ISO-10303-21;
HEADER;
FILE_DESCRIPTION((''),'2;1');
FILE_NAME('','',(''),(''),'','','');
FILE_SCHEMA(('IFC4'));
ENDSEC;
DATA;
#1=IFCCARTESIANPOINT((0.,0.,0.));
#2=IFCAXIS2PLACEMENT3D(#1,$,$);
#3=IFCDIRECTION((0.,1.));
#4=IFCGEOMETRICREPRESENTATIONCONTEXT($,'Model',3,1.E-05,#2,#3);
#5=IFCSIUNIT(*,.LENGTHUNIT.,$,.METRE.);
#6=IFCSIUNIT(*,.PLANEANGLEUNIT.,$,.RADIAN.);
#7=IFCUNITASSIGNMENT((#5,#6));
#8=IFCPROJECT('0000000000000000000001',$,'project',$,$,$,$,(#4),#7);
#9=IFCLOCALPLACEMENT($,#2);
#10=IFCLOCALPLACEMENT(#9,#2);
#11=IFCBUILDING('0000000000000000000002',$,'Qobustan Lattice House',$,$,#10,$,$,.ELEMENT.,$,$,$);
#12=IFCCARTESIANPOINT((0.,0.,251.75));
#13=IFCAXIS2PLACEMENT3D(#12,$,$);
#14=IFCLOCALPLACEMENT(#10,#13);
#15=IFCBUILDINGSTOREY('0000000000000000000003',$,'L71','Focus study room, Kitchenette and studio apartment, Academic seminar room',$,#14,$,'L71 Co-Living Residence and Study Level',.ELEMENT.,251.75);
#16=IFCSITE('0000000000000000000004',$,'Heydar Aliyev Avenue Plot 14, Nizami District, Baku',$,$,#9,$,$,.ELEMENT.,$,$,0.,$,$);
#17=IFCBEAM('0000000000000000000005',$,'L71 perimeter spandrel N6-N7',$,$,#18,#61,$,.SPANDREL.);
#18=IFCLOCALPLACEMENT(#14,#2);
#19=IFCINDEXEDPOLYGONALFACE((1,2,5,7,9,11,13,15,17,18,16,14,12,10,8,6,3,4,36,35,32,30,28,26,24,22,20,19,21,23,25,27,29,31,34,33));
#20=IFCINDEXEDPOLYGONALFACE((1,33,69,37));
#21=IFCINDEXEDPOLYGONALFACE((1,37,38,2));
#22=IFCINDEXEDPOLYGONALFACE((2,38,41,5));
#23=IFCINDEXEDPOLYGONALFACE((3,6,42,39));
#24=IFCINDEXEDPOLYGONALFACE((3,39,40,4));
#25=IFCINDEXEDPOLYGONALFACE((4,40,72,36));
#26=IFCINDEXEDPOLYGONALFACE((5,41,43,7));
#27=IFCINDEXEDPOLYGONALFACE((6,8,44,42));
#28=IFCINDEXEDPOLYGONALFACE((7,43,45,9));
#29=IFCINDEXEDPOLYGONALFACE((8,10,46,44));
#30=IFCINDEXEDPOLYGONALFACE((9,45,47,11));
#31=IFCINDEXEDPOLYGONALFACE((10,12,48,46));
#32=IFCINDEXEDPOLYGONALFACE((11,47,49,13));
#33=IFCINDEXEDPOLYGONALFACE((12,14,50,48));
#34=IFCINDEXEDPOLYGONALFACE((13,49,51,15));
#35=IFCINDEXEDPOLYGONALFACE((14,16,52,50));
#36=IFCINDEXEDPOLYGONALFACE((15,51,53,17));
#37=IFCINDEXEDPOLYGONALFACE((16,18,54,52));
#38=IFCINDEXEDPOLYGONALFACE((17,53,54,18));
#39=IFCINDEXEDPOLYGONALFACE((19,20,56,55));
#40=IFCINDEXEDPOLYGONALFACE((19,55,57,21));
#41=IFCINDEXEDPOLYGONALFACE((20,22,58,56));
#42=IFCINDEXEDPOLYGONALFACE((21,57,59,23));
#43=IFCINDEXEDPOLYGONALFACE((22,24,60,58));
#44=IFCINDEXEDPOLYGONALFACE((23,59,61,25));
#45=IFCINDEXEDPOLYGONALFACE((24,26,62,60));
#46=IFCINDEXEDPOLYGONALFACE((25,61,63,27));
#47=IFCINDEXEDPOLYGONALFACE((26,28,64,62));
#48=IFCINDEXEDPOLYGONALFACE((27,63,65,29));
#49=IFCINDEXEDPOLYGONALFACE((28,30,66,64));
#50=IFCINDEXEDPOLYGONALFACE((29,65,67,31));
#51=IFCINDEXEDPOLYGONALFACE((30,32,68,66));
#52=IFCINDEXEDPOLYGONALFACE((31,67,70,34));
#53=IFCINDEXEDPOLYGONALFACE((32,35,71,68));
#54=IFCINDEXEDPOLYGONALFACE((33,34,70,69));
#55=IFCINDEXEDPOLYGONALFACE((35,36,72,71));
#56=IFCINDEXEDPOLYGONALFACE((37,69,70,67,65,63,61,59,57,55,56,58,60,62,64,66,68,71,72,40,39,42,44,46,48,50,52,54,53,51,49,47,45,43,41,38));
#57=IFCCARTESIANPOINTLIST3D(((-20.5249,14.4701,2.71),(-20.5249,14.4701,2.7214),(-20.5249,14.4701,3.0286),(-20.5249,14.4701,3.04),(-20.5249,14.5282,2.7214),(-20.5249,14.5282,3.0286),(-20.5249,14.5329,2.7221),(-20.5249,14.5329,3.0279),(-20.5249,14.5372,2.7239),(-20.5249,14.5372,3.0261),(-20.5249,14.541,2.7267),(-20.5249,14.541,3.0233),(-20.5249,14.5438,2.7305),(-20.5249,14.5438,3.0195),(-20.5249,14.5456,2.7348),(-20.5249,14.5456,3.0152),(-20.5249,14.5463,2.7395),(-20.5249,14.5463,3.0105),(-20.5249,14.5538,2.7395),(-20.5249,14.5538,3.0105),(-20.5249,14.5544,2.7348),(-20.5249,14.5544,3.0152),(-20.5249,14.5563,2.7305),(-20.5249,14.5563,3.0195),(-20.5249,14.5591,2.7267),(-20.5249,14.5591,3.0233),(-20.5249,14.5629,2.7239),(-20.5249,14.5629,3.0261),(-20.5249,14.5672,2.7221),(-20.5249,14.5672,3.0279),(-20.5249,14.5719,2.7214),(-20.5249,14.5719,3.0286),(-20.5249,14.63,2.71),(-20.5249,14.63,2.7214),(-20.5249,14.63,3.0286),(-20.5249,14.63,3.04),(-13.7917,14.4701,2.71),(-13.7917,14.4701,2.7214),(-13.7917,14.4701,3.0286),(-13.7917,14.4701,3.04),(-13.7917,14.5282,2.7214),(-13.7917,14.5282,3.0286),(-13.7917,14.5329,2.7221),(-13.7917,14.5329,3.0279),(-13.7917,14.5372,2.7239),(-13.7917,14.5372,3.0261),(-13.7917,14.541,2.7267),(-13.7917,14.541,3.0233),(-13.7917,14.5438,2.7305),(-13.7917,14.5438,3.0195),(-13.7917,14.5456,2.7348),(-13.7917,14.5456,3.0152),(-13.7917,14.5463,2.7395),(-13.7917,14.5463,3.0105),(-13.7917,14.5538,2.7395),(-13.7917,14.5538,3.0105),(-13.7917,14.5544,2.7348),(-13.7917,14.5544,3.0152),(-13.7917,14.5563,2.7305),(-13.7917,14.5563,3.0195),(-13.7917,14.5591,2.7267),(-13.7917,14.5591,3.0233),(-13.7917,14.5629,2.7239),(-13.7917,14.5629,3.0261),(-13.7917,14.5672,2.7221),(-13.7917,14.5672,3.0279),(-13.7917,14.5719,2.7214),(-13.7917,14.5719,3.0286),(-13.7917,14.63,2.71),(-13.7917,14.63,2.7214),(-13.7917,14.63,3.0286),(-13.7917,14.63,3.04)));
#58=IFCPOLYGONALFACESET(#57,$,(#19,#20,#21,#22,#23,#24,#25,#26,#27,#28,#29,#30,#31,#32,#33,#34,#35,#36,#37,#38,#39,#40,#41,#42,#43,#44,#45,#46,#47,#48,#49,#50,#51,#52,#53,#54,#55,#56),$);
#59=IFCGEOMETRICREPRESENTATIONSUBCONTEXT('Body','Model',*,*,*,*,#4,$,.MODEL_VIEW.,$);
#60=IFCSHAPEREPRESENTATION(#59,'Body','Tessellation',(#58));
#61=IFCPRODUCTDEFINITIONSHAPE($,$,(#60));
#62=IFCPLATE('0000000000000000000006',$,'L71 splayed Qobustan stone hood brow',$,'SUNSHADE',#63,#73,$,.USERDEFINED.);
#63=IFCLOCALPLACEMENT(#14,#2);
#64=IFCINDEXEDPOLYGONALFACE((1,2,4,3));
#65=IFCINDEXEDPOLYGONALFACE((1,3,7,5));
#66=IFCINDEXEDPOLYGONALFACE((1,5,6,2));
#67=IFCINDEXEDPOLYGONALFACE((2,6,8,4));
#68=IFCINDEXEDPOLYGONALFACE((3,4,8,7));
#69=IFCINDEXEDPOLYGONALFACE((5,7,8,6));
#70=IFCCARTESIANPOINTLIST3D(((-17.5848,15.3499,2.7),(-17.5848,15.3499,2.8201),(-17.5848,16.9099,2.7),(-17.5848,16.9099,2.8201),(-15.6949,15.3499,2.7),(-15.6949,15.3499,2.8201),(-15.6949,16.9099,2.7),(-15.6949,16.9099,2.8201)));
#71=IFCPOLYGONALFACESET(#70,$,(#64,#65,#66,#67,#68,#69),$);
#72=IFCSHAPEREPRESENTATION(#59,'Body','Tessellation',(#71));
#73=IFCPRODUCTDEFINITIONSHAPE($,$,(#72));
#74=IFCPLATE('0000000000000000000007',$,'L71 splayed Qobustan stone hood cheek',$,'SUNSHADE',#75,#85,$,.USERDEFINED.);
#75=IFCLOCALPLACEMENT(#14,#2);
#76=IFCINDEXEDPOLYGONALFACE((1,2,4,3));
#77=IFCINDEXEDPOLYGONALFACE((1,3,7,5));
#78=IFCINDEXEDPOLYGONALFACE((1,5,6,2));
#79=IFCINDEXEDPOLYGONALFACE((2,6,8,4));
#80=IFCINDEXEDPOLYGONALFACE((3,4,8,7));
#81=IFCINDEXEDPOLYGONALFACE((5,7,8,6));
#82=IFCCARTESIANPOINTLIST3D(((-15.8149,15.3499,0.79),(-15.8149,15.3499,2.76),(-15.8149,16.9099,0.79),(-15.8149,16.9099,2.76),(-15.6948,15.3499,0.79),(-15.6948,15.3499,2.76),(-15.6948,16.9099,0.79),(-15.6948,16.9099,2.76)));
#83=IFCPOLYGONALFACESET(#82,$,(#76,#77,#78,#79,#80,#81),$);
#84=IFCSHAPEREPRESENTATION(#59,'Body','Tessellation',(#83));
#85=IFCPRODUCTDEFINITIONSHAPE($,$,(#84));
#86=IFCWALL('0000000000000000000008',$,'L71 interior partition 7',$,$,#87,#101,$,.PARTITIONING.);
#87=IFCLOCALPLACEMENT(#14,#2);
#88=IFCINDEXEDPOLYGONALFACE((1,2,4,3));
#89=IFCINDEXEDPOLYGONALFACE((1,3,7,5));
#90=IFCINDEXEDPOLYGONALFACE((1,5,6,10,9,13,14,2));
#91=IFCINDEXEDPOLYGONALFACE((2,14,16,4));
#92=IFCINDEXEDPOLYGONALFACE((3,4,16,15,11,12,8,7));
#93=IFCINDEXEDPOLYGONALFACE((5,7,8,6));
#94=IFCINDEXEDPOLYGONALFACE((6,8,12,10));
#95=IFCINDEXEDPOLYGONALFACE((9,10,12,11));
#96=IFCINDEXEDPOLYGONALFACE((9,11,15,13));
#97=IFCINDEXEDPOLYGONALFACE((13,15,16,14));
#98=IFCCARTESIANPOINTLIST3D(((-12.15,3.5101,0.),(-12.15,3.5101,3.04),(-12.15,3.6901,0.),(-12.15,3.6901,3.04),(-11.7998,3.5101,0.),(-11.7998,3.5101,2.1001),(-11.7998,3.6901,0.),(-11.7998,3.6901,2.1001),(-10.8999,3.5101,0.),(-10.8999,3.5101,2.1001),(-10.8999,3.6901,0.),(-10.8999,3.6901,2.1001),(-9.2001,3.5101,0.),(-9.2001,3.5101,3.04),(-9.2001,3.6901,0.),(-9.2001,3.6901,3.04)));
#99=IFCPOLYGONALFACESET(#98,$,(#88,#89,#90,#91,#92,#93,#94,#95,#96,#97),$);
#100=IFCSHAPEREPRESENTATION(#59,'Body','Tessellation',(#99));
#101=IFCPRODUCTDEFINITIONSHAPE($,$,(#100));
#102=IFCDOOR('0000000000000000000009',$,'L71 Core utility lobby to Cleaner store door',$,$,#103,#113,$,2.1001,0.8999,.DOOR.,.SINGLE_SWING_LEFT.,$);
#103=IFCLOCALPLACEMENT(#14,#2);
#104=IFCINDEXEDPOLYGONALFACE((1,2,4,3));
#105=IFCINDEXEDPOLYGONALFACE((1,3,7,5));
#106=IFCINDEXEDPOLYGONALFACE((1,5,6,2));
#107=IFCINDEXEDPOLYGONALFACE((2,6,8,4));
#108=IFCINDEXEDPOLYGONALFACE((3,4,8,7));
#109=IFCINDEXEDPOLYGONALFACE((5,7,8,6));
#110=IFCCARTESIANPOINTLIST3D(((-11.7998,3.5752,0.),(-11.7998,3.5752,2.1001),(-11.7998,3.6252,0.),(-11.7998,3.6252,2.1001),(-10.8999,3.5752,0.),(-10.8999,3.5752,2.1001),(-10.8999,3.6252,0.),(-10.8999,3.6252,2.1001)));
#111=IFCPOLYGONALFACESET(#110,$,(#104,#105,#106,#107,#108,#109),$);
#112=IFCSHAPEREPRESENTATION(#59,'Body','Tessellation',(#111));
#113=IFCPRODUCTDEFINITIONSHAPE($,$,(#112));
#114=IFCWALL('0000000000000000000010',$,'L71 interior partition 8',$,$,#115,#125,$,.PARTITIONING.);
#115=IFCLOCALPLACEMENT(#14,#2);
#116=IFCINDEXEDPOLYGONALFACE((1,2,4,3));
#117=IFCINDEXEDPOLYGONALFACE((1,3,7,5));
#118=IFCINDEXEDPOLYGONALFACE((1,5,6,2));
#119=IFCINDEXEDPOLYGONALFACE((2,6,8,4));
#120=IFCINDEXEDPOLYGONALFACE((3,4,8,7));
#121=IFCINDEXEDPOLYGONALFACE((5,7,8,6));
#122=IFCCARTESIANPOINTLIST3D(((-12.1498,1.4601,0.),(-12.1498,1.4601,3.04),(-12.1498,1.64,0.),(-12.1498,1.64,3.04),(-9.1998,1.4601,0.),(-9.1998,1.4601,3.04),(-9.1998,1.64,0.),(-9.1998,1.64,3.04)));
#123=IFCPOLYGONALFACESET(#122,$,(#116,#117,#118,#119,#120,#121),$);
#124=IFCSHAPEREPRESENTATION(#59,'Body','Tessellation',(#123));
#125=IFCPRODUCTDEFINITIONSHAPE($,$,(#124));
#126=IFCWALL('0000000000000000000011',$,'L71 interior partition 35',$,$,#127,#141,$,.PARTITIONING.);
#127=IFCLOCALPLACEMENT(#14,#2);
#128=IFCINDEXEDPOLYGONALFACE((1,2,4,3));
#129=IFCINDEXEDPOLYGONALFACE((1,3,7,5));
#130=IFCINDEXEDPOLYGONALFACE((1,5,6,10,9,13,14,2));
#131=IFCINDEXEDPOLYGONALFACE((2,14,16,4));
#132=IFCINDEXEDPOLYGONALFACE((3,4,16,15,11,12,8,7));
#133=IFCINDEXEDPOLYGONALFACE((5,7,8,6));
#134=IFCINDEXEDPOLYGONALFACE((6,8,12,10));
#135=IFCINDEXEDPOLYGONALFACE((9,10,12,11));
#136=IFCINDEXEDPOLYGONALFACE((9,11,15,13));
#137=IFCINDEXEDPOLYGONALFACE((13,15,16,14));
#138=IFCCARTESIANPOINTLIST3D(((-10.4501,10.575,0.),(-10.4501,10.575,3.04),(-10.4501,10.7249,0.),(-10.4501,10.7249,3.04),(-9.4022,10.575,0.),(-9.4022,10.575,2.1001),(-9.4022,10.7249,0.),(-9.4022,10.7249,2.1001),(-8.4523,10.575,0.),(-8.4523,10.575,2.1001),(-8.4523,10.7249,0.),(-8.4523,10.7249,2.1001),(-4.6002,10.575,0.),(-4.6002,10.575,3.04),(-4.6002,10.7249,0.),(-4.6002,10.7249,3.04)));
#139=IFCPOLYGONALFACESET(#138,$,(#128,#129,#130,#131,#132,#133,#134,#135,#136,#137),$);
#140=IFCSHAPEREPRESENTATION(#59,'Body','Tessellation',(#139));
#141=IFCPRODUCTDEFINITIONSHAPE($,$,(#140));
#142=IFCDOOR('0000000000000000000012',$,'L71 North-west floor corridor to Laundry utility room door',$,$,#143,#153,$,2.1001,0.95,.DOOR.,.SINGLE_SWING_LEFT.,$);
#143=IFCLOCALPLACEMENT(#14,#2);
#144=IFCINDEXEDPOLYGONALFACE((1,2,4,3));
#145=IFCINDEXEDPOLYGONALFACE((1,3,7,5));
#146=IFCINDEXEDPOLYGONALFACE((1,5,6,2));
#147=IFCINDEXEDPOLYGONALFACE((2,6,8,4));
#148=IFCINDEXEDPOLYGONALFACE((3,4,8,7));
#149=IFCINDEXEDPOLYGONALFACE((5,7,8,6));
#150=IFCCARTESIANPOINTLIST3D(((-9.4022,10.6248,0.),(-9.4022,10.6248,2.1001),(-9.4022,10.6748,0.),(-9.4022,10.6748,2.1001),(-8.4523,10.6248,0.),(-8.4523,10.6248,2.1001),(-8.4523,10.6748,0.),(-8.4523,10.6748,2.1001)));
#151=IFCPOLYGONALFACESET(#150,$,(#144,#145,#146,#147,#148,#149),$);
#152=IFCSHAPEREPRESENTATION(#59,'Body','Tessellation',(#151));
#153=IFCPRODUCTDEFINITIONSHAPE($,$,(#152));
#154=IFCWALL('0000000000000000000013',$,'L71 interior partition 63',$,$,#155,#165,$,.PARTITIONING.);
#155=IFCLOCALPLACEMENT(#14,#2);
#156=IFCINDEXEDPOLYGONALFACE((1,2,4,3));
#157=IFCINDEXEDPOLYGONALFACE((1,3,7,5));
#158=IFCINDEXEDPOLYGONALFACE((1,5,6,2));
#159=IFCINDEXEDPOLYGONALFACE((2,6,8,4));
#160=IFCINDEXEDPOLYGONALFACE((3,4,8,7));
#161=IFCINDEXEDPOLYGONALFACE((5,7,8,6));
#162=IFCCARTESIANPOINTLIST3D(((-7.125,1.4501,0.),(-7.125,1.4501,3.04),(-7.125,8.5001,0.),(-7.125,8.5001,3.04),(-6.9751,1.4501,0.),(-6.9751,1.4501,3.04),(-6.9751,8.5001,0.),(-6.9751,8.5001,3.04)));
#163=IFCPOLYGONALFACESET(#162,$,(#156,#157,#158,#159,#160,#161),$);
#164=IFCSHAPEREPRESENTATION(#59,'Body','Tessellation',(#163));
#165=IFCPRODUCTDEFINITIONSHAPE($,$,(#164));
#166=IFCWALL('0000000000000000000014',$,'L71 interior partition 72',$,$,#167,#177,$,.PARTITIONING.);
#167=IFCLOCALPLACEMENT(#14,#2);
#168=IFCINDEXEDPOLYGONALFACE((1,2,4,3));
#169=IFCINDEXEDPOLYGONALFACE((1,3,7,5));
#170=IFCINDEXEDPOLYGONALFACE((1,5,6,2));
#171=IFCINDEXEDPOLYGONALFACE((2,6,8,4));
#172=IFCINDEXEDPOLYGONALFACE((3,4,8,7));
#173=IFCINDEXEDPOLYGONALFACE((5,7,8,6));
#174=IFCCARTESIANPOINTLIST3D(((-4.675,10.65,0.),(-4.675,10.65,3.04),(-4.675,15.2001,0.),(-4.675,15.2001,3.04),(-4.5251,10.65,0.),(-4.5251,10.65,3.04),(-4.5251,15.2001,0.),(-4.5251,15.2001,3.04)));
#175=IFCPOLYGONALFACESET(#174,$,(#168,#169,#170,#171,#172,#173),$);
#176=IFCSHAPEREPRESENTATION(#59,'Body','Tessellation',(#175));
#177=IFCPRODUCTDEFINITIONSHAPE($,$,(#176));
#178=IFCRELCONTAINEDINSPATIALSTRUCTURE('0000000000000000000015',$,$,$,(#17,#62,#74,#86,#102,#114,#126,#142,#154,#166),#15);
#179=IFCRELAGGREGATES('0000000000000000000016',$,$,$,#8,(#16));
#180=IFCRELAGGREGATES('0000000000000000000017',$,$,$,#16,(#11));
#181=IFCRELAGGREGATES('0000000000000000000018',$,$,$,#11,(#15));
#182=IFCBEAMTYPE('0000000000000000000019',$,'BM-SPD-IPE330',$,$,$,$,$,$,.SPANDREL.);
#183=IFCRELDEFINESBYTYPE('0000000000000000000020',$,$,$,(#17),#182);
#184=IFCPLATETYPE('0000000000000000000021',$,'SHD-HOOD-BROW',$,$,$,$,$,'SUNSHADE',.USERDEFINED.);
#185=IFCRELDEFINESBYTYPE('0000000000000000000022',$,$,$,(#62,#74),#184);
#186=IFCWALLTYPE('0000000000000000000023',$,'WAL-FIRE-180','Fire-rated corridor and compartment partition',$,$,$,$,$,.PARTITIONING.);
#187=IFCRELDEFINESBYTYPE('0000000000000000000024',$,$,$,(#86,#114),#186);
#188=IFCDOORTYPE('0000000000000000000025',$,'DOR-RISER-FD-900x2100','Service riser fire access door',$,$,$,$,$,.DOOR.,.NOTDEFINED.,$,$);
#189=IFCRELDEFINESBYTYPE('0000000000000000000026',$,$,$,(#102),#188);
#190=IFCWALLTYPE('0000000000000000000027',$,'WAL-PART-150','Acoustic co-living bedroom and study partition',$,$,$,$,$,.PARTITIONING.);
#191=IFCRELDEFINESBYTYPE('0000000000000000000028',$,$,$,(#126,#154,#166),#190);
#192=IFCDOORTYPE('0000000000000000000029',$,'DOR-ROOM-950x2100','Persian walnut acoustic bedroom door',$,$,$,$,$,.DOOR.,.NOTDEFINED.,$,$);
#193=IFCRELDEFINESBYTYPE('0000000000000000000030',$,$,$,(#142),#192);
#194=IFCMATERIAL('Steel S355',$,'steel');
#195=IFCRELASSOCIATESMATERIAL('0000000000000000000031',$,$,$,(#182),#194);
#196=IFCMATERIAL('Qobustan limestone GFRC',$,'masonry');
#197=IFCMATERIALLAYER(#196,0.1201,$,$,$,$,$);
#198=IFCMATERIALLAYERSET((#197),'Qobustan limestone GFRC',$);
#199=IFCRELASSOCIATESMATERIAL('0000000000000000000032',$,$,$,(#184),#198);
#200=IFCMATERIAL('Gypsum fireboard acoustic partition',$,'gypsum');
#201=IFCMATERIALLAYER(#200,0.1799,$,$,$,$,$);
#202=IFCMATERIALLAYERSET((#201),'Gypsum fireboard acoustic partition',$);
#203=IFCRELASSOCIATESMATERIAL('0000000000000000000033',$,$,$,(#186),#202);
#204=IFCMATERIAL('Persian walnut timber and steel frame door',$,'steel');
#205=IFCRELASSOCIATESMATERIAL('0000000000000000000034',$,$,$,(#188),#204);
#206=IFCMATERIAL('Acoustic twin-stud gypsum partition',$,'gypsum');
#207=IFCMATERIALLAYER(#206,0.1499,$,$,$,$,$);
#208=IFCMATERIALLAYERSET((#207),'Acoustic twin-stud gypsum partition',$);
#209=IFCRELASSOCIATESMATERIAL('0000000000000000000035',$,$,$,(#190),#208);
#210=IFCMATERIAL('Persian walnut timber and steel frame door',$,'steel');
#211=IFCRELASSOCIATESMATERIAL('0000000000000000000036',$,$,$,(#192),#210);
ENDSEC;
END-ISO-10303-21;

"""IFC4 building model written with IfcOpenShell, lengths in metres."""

from ifc_helpers import new_model, si_unit, direction, frame, frame_2d, origin, origin_2d, place, context, subcontext, project, spatial, rectangle, i_section, extrude, material, layer, layer_set, material_profile, profile_set, type_object, element, fill, save


model = new_model("IFC4")

# Units and contexts
model_context = context("Model", 3, precision=1e-05, world=origin(), true_north=direction((0.0, 1.0)))
body_context = subcontext(model_context, "Body", "Model", "MODEL_VIEW")
ifc_project = project(units=[si_unit("LENGTHUNIT", "METRE"), si_unit("PLANEANGLEUNIT", "RADIAN")], contexts=[model_context])

# Site, building, storey
site_placement = place(None, origin())
site = spatial("IfcSite", under=ifc_project, at=site_placement, Name="Heydar Aliyev Avenue Plot 14, Nizami District, Baku", CompositionType="ELEMENT", RefElevation=0.0)
building_placement = place(site_placement, origin())
building = spatial("IfcBuilding", under=site, at=building_placement, Name="Qobustan Lattice House", CompositionType="ELEMENT")
storey_placement = place(building_placement, frame((0.0, 0.0, 251.75)))
storey = spatial("IfcBuildingStorey", under=building, at=storey_placement, Name="L71", Description="Focus study room, Kitchenette and studio apartment, Academic seminar room", LongName="L71 Co-Living Residence and Study Level", CompositionType="ELEMENT", Elevation=251.75)

# Beam
ifc_material_1 = material(Name="Steel S355", Category="steel")
ifc_material_profile_1 = material_profile(ifc_material_1, i_section(OverallWidth=0.1599, OverallDepth=0.3301, WebThickness=0.0076, FlangeThickness=0.0115, FilletRadius=0.0181, at=origin_2d()), Name="IPE330")
ifc_profile_set_1 = profile_set([ifc_material_profile_1], Name="Steel S355")
beam_type_1 = type_object("IfcBeamType", Name="BM-SPD-IPE330", PredefinedType="SPANDREL", material=ifc_profile_set_1)
beam_1_placement = place(storey_placement, frame((-13.7917, 14.55, 2.875), z_axis=(-1.0, 0.0, 0.0), x_axis=(0.0, -1.0, 0.0)))
element("IfcBeam", 1, at=beam_1_placement, inside=storey, type_object=beam_type_1, Name="L71 perimeter spandrel N6-N7", PredefinedType="SPANDREL", context=body_context, shape_type="SweptSolid", body=[
    extrude(i_section(OverallWidth=0.1599, OverallDepth=0.3301, WebThickness=0.0076, FlangeThickness=0.0115, FilletRadius=0.0181, at=origin_2d()), origin(), (0.0, 0.0, 1.0), 6.7332),
])

# Plates
ifc_material_2 = material(Name="Qobustan limestone GFRC", Category="masonry")
ifc_layer_1 = layer(ifc_material_2, 0.1201)
ifc_layer_set_1 = layer_set([ifc_layer_1], Name="Qobustan limestone GFRC")
plate_type = type_object("IfcPlateType", Name="SHD-HOOD-BROW", ElementType="SUNSHADE", PredefinedType="USERDEFINED", material=ifc_layer_set_1)
plate_1_placement = place(storey_placement, frame((-16.6399, 16.1299, 2.7), z_axis=(0.0, 0.0, 1.0), x_axis=(1.0, 0.0, 0.0)))
element("IfcPlate", 2, at=plate_1_placement, inside=storey, type_object=plate_type, Name="L71 splayed Qobustan stone hood brow", ObjectType="SUNSHADE", PredefinedType="USERDEFINED", context=body_context, shape_type="SweptSolid", body=[
    extrude(rectangle(XDim=1.8899, YDim=1.5601, at=origin_2d()), origin(), (0.0, 0.0, 1.0), 0.1201),
])
plate_2_placement = place(storey_placement, frame((-15.7549, 16.1299, 0.79), z_axis=(0.0, 0.0, 1.0), x_axis=(1.0, 0.0, 0.0)))
element("IfcPlate", 3, at=plate_2_placement, inside=storey, type_object=plate_type, Name="L71 splayed Qobustan stone hood cheek", ObjectType="SUNSHADE", PredefinedType="USERDEFINED", context=body_context, shape_type="SweptSolid", body=[
    extrude(rectangle(XDim=0.1201, YDim=1.5601, at=origin_2d()), origin(), (0.0, 0.0, 1.0), 1.97),
])

# Wall, opening, door
ifc_material_3 = material(Name="Gypsum fireboard acoustic partition", Category="gypsum")
ifc_layer_2 = layer(ifc_material_3, 0.1799)
ifc_layer_set_2 = layer_set([ifc_layer_2], Name="Gypsum fireboard acoustic partition")
wall_type_1 = type_object("IfcWallType", Name="WAL-FIRE-180", Description="Fire-rated corridor and compartment partition", PredefinedType="PARTITIONING", material=ifc_layer_set_2)
wall_1_placement = place(storey_placement, frame((-9.2, 3.6001, 0.0), z_axis=(0.0, 0.0, 1.0), x_axis=(-1.0, 0.0, 0.0)))
wall_1 = element("IfcWall", 4, at=wall_1_placement, inside=storey, type_object=wall_type_1, Name="L71 interior partition 7", PredefinedType="PARTITIONING", context=body_context, shape_type="SweptSolid", body=[
    extrude(rectangle(XDim=2.95, YDim=0.1799, at=frame_2d((1.4751, 0.0))), origin(), (0.0, 0.0, 1.0), 3.04),
])
opening_1_placement = place(wall_1_placement, frame((1.7, 0.0, 0.0)))
opening_1 = element("IfcOpeningElement", 5, at=opening_1_placement, cuts=wall_1, PredefinedType="OPENING", context=body_context, shape_type="SweptSolid", body=[
    extrude(rectangle(XDim=0.8999, YDim=2.1001, at=frame_2d((0.45, 1.05))), frame((0.0, 0.0999, 0.0), z_axis=(0.0, -1.0, 0.0), x_axis=(1.0, 0.0, 0.0)), (0.0, 0.0, 1.0), 0.2),
])
ifc_material_4 = material(Name="Persian walnut timber and steel frame door", Category="steel")
door_type_1 = type_object("IfcDoorType", Name="DOR-RISER-FD-900x2100", Description="Service riser fire access door", OperationType="NOTDEFINED", PredefinedType="DOOR", material=ifc_material_4)
door_1_placement = place(opening_1_placement, origin())
door_1 = element("IfcDoor", 6, at=door_1_placement, inside=storey, type_object=door_type_1, Name="L71 Core utility lobby to Cleaner store door", OperationType="SINGLE_SWING_LEFT", OverallHeight=2.1001, OverallWidth=0.8999, PredefinedType="DOOR", context=body_context, shape_type="SweptSolid", body=[
    extrude(rectangle(XDim=0.8999, YDim=2.1001, at=frame_2d((0.45, 1.05))), frame((0.0, 0.0249, 0.0), z_axis=(0.0, -1.0, 0.0), x_axis=(1.0, 0.0, 0.0)), (0.0, 0.0, 1.0), 0.05),
])
fill(opening_1, door_1)

# Wall
wall_2_placement = place(storey_placement, frame((-12.1499, 1.55, 0.0), z_axis=(0.0, 0.0, 1.0), x_axis=(1.0, 0.0, 0.0)))
element("IfcWall", 7, at=wall_2_placement, inside=storey, type_object=wall_type_1, Name="L71 interior partition 8", PredefinedType="PARTITIONING", context=body_context, shape_type="SweptSolid", body=[
    extrude(rectangle(XDim=2.95, YDim=0.1799, at=frame_2d((1.4751, 0.0))), origin(), (0.0, 0.0, 1.0), 3.04),
])

# Wall, opening, door
ifc_material_5 = material(Name="Acoustic twin-stud gypsum partition", Category="gypsum")
ifc_layer_3 = layer(ifc_material_5, 0.1499)
ifc_layer_set_3 = layer_set([ifc_layer_3], Name="Acoustic twin-stud gypsum partition")
wall_type_2 = type_object("IfcWallType", Name="WAL-PART-150", Description="Acoustic co-living bedroom and study partition", PredefinedType="PARTITIONING", material=ifc_layer_set_3)
wall_3_placement = place(storey_placement, frame((-10.45, 10.6499, 0.0), z_axis=(0.0, 0.0, 1.0), x_axis=(1.0, 0.0, 0.0)))
wall_3 = element("IfcWall", 8, at=wall_3_placement, inside=storey, type_object=wall_type_2, Name="L71 interior partition 35", PredefinedType="PARTITIONING", context=body_context, shape_type="SweptSolid", body=[
    extrude(rectangle(XDim=5.8499, YDim=0.1499, at=frame_2d((2.9248, 0.0))), origin(), (0.0, 0.0, 1.0), 3.04),
])
opening_2_placement = place(wall_3_placement, frame((1.0476, 0.0, 0.0)))
opening_2 = element("IfcOpeningElement", 9, at=opening_2_placement, cuts=wall_3, PredefinedType="OPENING", context=body_context, shape_type="SweptSolid", body=[
    extrude(rectangle(XDim=0.95, YDim=2.1001, at=frame_2d((0.4751, 1.05))), frame((0.0, 0.085, 0.0), z_axis=(0.0, -1.0, 0.0), x_axis=(1.0, 0.0, 0.0)), (0.0, 0.0, 1.0), 0.1699),
])
ifc_material_6 = material(Name="Persian walnut timber and steel frame door", Category="steel")
door_type_2 = type_object("IfcDoorType", Name="DOR-ROOM-950x2100", Description="Persian walnut acoustic bedroom door", OperationType="NOTDEFINED", PredefinedType="DOOR", material=ifc_material_6)
door_2_placement = place(opening_2_placement, origin())
door_2 = element("IfcDoor", 10, at=door_2_placement, inside=storey, type_object=door_type_2, Name="L71 North-west floor corridor to Laundry utility room door", OperationType="SINGLE_SWING_LEFT", OverallHeight=2.1001, OverallWidth=0.95, PredefinedType="DOOR", context=body_context, shape_type="SweptSolid", body=[
    extrude(rectangle(XDim=0.95, YDim=2.1001, at=frame_2d((0.4751, 1.05))), frame((0.0, 0.0249, 0.0), z_axis=(0.0, -1.0, 0.0), x_axis=(1.0, 0.0, 0.0)), (0.0, 0.0, 1.0), 0.05),
])
fill(opening_2, door_2)

# Walls
wall_4_placement = place(storey_placement, frame((-7.05, 8.5, 0.0), z_axis=(0.0, 0.0, 1.0), x_axis=(0.0, -1.0, 0.0)))
element("IfcWall", 11, at=wall_4_placement, inside=storey, type_object=wall_type_2, Name="L71 interior partition 63", PredefinedType="PARTITIONING", context=body_context, shape_type="SweptSolid", body=[
    extrude(rectangle(XDim=7.05, YDim=0.1499, at=frame_2d((3.5249, 0.0))), origin(), (0.0, 0.0, 1.0), 3.04),
])
wall_5_placement = place(storey_placement, frame((-4.6001, 15.2, 0.0), z_axis=(0.0, 0.0, 1.0), x_axis=(0.0, -1.0, 0.0)))
element("IfcWall", 12, at=wall_5_placement, inside=storey, type_object=wall_type_2, Name="L71 interior partition 72", PredefinedType="PARTITIONING", context=body_context, shape_type="SweptSolid", body=[
    extrude(rectangle(XDim=4.55, YDim=0.1499, at=frame_2d((2.2749, 0.0))), origin(), (0.0, 0.0, 1.0), 3.04),
])

save(model, "model.ifc")
